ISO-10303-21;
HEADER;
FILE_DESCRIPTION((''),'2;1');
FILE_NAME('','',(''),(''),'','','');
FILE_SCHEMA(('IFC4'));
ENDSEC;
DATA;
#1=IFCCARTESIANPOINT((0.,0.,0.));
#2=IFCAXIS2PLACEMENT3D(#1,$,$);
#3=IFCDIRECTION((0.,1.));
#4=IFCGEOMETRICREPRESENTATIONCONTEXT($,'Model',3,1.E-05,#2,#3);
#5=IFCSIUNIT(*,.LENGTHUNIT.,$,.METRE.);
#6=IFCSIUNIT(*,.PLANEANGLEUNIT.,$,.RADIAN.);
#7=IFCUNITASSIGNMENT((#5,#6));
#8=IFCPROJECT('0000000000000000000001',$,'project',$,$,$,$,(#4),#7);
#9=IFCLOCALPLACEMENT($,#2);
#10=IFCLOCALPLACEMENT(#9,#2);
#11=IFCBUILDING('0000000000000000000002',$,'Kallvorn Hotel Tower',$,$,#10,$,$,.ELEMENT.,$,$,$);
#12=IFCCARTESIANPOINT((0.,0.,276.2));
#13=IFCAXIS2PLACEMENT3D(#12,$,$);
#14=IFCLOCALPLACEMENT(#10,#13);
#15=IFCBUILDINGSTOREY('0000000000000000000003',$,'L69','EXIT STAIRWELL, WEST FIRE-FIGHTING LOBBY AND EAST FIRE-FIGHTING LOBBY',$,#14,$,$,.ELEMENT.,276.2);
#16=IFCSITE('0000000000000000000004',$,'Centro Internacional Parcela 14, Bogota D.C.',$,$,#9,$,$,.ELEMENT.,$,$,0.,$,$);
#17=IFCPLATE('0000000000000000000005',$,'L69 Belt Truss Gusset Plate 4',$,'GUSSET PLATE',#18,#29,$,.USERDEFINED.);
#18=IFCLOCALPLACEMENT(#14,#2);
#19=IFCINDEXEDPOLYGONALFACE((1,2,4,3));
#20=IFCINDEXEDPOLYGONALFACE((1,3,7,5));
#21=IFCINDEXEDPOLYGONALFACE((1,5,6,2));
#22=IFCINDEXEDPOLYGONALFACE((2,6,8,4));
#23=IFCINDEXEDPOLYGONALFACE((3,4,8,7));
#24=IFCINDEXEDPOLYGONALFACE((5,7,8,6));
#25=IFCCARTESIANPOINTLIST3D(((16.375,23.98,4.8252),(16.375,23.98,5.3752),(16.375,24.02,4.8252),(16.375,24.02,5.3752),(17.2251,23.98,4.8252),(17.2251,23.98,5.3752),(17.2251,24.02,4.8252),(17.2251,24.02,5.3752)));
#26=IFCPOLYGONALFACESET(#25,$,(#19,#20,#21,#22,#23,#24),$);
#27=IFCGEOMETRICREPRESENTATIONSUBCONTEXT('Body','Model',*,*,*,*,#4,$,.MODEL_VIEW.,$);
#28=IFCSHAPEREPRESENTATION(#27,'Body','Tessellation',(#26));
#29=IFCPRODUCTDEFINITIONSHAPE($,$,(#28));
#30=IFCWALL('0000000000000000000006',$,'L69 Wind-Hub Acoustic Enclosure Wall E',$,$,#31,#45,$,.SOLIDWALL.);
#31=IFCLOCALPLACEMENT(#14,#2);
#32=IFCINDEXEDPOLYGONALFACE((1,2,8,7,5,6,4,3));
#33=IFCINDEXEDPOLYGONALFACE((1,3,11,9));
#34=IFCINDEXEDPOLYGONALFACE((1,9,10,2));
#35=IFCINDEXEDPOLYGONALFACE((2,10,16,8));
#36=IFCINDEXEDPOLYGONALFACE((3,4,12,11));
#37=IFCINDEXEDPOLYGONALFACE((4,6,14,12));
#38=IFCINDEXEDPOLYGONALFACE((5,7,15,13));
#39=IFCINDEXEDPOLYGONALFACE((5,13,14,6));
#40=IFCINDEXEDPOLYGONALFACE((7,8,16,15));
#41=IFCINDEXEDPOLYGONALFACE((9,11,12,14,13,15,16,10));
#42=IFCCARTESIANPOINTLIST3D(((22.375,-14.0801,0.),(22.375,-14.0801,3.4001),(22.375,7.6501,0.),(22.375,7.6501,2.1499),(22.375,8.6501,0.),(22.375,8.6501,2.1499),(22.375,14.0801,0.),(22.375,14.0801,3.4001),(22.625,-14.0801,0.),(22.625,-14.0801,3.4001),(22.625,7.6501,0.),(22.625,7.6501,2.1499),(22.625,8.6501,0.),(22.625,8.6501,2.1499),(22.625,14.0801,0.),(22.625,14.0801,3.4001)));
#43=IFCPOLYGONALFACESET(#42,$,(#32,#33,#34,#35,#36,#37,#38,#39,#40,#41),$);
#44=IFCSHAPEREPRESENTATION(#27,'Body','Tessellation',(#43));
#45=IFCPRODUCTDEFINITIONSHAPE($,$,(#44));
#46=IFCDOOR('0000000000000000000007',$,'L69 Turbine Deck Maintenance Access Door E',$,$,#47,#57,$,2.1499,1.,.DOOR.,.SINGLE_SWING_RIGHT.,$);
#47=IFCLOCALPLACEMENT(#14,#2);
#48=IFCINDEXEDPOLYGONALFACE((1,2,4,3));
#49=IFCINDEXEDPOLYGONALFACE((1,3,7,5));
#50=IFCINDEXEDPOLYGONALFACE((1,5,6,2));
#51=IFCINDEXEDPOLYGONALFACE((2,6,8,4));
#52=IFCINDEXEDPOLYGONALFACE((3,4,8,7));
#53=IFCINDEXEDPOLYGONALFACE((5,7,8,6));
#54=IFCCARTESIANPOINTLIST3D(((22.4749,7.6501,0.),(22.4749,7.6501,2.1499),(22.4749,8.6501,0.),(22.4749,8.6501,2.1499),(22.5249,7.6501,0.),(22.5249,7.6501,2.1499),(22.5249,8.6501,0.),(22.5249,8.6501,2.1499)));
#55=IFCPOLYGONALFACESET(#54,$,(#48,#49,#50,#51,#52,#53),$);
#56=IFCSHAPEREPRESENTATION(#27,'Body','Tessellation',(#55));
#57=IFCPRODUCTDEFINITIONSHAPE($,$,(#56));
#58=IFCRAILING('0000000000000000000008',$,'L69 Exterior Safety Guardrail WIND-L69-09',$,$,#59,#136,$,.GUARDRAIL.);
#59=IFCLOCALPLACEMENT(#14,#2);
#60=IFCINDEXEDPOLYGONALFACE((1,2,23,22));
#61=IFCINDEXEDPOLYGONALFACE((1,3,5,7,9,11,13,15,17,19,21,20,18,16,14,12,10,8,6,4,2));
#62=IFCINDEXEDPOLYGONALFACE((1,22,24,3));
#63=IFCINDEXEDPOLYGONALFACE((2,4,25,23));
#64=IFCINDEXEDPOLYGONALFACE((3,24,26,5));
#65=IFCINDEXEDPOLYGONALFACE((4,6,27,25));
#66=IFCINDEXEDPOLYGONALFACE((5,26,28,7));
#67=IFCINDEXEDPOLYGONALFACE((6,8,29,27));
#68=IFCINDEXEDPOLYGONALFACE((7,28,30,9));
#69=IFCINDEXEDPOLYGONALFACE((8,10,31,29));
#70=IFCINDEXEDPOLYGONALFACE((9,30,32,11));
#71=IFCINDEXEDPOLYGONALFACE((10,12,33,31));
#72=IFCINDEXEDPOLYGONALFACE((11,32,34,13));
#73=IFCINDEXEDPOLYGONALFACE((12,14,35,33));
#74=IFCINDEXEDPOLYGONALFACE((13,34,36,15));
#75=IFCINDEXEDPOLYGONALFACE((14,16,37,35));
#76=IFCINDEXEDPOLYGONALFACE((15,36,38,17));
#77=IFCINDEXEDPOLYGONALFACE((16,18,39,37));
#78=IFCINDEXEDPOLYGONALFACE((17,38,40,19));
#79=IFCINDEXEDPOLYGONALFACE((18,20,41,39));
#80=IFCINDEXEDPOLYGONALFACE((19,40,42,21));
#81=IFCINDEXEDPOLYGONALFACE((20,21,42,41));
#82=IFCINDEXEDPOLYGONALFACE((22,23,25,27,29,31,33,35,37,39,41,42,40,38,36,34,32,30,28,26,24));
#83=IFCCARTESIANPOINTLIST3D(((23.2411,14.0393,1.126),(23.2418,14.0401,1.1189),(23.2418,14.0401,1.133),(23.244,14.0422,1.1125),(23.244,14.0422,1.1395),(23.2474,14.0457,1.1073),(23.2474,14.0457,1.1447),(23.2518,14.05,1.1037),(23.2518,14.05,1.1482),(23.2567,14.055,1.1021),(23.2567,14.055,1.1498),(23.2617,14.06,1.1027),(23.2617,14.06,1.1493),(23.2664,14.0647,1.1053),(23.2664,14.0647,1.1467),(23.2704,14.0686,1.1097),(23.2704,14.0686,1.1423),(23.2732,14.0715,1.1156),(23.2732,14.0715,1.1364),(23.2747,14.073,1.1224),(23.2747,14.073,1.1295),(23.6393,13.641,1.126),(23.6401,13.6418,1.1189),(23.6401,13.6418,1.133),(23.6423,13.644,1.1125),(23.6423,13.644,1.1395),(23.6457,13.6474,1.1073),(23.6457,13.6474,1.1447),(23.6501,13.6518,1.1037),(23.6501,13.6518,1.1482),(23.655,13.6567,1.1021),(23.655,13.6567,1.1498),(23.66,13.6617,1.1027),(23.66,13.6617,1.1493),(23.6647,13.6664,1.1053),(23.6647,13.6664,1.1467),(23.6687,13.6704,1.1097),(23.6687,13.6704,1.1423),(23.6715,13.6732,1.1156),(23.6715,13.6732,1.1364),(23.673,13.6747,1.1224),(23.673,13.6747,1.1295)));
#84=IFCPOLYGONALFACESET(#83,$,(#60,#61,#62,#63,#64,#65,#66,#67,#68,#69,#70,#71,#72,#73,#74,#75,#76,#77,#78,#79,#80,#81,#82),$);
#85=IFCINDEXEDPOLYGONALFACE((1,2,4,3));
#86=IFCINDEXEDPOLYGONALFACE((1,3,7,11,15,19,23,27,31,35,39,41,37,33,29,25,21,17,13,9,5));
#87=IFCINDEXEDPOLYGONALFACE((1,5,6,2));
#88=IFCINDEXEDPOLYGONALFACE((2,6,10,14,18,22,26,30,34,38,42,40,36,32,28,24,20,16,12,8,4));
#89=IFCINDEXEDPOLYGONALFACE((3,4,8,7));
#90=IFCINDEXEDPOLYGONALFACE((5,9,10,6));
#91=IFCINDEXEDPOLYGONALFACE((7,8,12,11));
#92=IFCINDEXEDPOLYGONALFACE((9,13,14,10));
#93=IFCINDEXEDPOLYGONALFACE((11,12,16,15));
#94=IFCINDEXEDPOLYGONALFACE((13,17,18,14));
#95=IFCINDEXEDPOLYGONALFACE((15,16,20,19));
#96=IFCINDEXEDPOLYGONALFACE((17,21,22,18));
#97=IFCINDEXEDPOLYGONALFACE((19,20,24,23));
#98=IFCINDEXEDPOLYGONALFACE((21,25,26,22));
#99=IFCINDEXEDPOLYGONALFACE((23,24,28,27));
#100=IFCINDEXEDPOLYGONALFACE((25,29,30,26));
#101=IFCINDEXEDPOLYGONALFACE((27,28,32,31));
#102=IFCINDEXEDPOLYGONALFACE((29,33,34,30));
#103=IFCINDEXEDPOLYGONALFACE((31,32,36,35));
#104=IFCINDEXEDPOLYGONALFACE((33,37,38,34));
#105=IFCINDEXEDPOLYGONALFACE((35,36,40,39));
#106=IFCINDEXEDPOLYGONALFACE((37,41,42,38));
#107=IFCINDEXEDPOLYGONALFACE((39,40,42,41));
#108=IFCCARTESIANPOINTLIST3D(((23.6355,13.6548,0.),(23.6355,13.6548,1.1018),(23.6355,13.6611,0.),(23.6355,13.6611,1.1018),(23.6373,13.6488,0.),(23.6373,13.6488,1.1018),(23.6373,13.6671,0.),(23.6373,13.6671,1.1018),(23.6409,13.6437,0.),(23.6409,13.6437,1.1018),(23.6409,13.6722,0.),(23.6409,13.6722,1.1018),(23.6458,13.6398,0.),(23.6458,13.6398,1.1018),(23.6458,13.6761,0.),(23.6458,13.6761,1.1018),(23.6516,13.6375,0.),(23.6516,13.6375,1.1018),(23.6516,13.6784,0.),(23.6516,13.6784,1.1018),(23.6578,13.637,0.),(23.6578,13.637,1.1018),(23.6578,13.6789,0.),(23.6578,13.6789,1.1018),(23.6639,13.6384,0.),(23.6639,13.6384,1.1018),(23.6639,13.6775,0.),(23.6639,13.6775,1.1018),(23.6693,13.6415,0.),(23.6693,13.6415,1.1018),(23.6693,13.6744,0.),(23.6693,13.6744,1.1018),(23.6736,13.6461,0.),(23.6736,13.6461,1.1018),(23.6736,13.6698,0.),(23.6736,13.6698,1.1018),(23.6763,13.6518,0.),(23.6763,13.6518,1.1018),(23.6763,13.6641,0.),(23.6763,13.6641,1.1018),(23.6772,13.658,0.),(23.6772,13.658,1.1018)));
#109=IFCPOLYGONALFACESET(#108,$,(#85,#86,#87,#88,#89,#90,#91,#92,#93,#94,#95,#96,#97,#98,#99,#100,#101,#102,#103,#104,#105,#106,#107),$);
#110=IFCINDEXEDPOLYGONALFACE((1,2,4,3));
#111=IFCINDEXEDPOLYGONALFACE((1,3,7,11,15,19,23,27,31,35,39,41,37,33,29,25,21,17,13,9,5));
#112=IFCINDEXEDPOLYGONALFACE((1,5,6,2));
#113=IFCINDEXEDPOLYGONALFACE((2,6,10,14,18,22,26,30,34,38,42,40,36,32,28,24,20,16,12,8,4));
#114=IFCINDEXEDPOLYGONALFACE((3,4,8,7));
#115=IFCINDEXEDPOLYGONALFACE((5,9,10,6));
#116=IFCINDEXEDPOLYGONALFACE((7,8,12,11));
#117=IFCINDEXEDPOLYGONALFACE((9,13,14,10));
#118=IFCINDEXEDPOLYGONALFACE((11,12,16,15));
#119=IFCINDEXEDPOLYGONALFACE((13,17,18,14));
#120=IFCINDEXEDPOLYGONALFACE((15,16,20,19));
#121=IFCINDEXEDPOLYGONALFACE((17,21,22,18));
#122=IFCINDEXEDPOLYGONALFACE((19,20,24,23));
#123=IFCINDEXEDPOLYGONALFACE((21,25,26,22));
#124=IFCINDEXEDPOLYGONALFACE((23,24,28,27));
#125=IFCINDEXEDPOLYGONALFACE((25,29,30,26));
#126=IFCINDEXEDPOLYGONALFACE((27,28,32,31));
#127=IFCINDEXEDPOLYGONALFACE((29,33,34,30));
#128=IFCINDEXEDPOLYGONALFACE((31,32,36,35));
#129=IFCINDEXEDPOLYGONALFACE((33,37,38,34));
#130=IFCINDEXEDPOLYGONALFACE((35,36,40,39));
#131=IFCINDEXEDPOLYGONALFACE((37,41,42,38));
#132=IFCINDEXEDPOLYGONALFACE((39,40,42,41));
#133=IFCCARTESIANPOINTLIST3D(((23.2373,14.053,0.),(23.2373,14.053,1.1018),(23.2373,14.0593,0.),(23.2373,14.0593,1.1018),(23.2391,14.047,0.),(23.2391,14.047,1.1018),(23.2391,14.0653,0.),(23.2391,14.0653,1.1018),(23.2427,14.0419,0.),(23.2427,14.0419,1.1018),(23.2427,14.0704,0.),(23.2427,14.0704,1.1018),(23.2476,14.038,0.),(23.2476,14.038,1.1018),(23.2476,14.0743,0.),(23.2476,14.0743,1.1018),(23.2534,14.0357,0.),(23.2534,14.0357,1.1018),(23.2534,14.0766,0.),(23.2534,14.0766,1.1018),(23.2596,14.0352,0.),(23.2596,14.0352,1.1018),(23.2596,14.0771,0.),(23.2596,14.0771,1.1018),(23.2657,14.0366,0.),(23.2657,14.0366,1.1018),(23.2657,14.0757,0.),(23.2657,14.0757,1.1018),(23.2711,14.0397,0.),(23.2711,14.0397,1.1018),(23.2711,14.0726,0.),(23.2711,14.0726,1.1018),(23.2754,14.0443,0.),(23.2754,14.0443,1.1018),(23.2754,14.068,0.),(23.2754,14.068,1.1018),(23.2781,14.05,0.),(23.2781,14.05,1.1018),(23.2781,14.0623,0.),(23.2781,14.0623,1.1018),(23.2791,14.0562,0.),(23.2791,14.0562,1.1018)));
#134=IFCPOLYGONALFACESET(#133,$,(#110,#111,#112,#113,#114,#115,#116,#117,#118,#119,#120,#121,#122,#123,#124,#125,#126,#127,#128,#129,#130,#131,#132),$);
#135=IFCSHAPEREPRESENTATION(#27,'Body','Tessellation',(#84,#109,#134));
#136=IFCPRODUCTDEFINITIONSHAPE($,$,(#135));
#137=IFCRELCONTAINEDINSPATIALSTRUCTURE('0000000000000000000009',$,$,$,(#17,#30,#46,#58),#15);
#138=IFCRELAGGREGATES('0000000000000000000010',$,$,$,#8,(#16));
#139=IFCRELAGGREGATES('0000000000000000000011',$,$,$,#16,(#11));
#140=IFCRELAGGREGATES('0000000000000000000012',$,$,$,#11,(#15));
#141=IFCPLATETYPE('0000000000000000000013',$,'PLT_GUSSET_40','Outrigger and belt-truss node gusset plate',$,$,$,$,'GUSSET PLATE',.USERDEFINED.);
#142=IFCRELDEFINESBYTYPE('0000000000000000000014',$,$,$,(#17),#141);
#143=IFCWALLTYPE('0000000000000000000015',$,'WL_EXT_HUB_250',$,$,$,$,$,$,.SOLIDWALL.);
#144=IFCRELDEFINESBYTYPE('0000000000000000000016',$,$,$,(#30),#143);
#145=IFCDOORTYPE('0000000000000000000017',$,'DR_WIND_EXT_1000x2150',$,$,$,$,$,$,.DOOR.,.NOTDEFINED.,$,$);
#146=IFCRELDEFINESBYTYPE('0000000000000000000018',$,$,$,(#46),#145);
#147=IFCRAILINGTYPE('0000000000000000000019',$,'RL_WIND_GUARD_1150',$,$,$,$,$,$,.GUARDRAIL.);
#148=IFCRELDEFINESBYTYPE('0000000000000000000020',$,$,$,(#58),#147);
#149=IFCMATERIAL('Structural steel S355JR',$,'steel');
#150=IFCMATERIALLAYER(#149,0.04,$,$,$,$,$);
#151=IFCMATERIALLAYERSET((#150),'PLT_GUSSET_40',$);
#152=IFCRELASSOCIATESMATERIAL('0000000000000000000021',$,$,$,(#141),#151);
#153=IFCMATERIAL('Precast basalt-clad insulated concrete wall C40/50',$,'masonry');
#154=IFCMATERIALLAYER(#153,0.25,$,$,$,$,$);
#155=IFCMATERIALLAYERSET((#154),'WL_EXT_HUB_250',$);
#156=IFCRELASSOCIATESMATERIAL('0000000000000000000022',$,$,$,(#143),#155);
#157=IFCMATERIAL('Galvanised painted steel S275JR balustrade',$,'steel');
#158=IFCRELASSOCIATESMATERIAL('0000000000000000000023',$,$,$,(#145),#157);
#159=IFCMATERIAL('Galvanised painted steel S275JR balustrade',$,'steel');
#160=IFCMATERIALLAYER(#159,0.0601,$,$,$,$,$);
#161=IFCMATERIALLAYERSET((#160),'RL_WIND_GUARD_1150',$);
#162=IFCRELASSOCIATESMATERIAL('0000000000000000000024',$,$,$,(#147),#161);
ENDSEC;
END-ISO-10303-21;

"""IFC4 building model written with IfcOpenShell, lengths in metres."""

from ifc_helpers import new_model, si_unit, direction, frame, frame_2d, origin, origin_2d, place, context, subcontext, project, spatial, rectangle, circle, extrude, material, layer, layer_set, type_object, element, fill, save


model = new_model("IFC4")

# Units and contexts
model_context = context("Model", 3, precision=1e-05, world=origin(), true_north=direction((0.0, 1.0)))
body_context = subcontext(model_context, "Body", "Model", "MODEL_VIEW")
ifc_project = project(units=[si_unit("LENGTHUNIT", "METRE"), si_unit("PLANEANGLEUNIT", "RADIAN")], contexts=[model_context])

# Site, building, storey
site_placement = place(None, origin())
site = spatial("IfcSite", under=ifc_project, at=site_placement, Name="Centro Internacional Parcela 14, Bogota D.C.", CompositionType="ELEMENT", RefElevation=0.0)
building_placement = place(site_placement, origin())
building = spatial("IfcBuilding", under=site, at=building_placement, Name="Kallvorn Hotel Tower", CompositionType="ELEMENT")
storey_placement = place(building_placement, frame((0.0, 0.0, 276.2)))
storey = spatial("IfcBuildingStorey", under=building, at=storey_placement, Name="L69", Description="EXIT STAIRWELL, WEST FIRE-FIGHTING LOBBY AND EAST FIRE-FIGHTING LOBBY", CompositionType="ELEMENT", Elevation=276.2)

# Plate
ifc_material_1 = material(Name="Structural steel S355JR", Category="steel")
ifc_layer_1 = layer(ifc_material_1, 0.04)
ifc_layer_set_1 = layer_set([ifc_layer_1], Name="PLT_GUSSET_40")
plate_type_1 = type_object("IfcPlateType", Name="PLT_GUSSET_40", Description="Outrigger and belt-truss node gusset plate", ElementType="GUSSET PLATE", PredefinedType="USERDEFINED", material=ifc_layer_set_1)
plate_placement = place(storey_placement, frame((16.8, 24.0, 4.8252), z_axis=(0.0, 0.0, 1.0), x_axis=(1.0, 0.0, 0.0)))
element("IfcPlate", 1, at=plate_placement, inside=storey, type_object=plate_type_1, Name="L69 Belt Truss Gusset Plate 4", ObjectType="GUSSET PLATE", PredefinedType="USERDEFINED", context=body_context, shape_type="SweptSolid", body=[
    extrude(rectangle(XDim=0.8501, YDim=0.04, at=origin_2d()), origin(), (0.0, 0.0, 1.0), 0.55),
])

# Wall, opening, door
ifc_material_2 = material(Name="Precast basalt-clad insulated concrete wall C40/50", Category="masonry")
ifc_layer_2 = layer(ifc_material_2, 0.25)
ifc_layer_set_2 = layer_set([ifc_layer_2], Name="WL_EXT_HUB_250")
wall_type = type_object("IfcWallType", Name="WL_EXT_HUB_250", PredefinedType="SOLIDWALL", material=ifc_layer_set_2)
wall_placement = place(storey_placement, frame((22.5, 14.0801, 0.0), z_axis=(0.0, 0.0, 1.0), x_axis=(0.0, -1.0, 0.0)))
wall = element("IfcWall", 2, at=wall_placement, inside=storey, type_object=wall_type, Name="L69 Wind-Hub Acoustic Enclosure Wall E", PredefinedType="SOLIDWALL", context=body_context, shape_type="SweptSolid", body=[
    extrude(rectangle(XDim=28.1602, YDim=0.25, at=frame_2d((14.0801, 0.0))), origin(), (0.0, 0.0, 1.0), 3.4001),
])
opening_placement = place(wall_placement, frame((5.4299, 0.0, 0.0)))
opening = element("IfcOpeningElement", 3, at=opening_placement, cuts=wall, PredefinedType="OPENING", context=body_context, shape_type="SweptSolid", body=[
    extrude(rectangle(XDim=1.0, YDim=2.1499, at=frame_2d((0.5, 1.075))), frame((0.0, 0.1399, 0.0), z_axis=(0.0, -1.0, 0.0), x_axis=(1.0, 0.0, 0.0)), (0.0, 0.0, 1.0), 0.28),
])
ifc_material_3 = material(Name="Galvanised painted steel S275JR balustrade", Category="steel")
door_type = type_object("IfcDoorType", Name="DR_WIND_EXT_1000x2150", OperationType="NOTDEFINED", PredefinedType="DOOR", material=ifc_material_3)
door_placement = place(opening_placement, origin())
door = element("IfcDoor", 4, at=door_placement, inside=storey, type_object=door_type, Name="L69 Turbine Deck Maintenance Access Door E", OperationType="SINGLE_SWING_RIGHT", OverallHeight=2.1499, OverallWidth=1.0, PredefinedType="DOOR", context=body_context, shape_type="SweptSolid", body=[
    extrude(rectangle(XDim=1.0, YDim=2.1499, at=frame_2d((0.5, 1.075))), frame((0.0, 0.0249, 0.0), z_axis=(0.0, -1.0, 0.0), x_axis=(1.0, 0.0, 0.0)), (0.0, 0.0, 1.0), 0.05),
])
fill(opening, door)

# Railing
ifc_material_4 = material(Name="Galvanised painted steel S275JR balustrade", Category="steel")
ifc_layer_3 = layer(ifc_material_4, 0.0601)
ifc_layer_set_3 = layer_set([ifc_layer_3], Name="RL_WIND_GUARD_1150")
railing_type = type_object("IfcRailingType", Name="RL_WIND_GUARD_1150", PredefinedType="GUARDRAIL", material=ifc_layer_set_3)
railing_1_placement = place(storey_placement, frame((23.6562, 13.658, 0.0)))
element("IfcRailing", 5, at=railing_1_placement, inside=storey, type_object=railing_type, Name="L69 Exterior Safety Guardrail WIND-L69-09", PredefinedType="GUARDRAIL", context=body_context, shape_type="SweptSolid", body=[
    extrude(circle(Radius=0.0239, at=origin_2d()), frame((0.0, 0.0, 1.126), z_axis=(-0.707107, 0.707107, 0.0), x_axis=(-0.707107, -0.707107, 0.0)), (0.0, 0.0, 1.0), 0.5632),
    extrude(circle(Radius=0.021, at=origin_2d()), origin(), (0.0, 0.0, 1.0), 1.1018),
    extrude(circle(Radius=0.021, at=origin_2d()), frame((-0.3982, 0.3982, 0.0)), (0.0, 0.0, 1.0), 1.1018),
])

save(model, "model.ifc")
